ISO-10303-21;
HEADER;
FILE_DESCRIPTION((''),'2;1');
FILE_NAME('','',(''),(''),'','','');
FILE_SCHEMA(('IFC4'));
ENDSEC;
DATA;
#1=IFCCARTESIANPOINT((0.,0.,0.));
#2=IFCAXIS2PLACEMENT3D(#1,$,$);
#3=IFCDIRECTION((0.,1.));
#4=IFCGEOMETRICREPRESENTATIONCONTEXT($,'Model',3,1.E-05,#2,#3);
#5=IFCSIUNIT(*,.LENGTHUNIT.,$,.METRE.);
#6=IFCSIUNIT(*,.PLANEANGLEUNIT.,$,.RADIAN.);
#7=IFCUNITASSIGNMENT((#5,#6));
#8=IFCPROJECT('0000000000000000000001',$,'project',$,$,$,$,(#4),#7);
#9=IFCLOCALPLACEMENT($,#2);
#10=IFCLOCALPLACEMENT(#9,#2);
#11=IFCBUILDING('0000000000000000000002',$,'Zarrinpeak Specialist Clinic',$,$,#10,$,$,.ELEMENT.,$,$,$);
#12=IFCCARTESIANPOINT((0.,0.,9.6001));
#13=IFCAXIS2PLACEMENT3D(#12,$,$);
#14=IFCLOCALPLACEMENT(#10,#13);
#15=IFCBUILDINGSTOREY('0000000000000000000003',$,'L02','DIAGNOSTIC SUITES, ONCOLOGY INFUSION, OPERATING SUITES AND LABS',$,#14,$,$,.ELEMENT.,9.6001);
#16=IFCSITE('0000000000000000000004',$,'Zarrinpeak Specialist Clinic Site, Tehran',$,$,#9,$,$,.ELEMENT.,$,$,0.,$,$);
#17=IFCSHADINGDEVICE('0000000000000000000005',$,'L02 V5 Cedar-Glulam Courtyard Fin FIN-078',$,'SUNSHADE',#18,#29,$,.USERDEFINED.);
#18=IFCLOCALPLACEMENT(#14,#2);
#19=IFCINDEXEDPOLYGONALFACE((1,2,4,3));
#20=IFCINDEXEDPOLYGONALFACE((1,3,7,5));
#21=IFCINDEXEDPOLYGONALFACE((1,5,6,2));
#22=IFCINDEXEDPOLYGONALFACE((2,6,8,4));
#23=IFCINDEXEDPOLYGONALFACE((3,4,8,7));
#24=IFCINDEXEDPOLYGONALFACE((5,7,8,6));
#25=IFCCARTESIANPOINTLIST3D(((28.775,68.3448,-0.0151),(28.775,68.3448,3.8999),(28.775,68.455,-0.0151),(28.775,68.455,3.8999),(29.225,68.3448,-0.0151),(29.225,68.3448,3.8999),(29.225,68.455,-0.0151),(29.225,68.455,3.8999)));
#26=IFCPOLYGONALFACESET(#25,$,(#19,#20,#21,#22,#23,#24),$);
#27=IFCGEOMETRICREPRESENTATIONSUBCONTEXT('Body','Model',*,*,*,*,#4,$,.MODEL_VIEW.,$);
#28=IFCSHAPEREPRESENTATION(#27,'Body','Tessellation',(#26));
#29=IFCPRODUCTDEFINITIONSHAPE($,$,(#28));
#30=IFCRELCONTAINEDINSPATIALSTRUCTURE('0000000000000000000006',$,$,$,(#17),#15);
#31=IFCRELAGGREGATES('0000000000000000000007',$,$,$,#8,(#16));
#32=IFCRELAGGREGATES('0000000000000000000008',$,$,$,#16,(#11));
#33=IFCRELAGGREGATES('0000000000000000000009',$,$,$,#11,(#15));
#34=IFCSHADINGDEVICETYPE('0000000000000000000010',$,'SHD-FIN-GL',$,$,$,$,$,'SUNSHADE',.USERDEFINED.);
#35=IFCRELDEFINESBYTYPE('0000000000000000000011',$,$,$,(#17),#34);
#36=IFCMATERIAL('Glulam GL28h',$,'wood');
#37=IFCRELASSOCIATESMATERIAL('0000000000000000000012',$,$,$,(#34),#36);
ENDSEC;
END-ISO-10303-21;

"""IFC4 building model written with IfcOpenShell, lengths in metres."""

from ifc_helpers import new_model, si_unit, direction, frame, origin, origin_2d, place, context, subcontext, project, spatial, rectangle, extrude, material, type_object, element, save


model = new_model("IFC4")

# Units and contexts
model_context = context("Model", 3, precision=1e-05, world=origin(), true_north=direction((0.0, 1.0)))
body_context = subcontext(model_context, "Body", "Model", "MODEL_VIEW")
ifc_project = project(units=[si_unit("LENGTHUNIT", "METRE"), si_unit("PLANEANGLEUNIT", "RADIAN")], contexts=[model_context])

# Site, building, storey
site_placement = place(None, origin())
site = spatial("IfcSite", under=ifc_project, at=site_placement, Name="Zarrinpeak Specialist Clinic Site, Tehran", CompositionType="ELEMENT", RefElevation=0.0)
building_placement = place(site_placement, origin())
building = spatial("IfcBuilding", under=site, at=building_placement, Name="Zarrinpeak Specialist Clinic", CompositionType="ELEMENT")
storey_placement = place(building_placement, frame((0.0, 0.0, 9.6001)))
storey = spatial("IfcBuildingStorey", under=building, at=storey_placement, Name="L02", Description="DIAGNOSTIC SUITES, ONCOLOGY INFUSION, OPERATING SUITES AND LABS", CompositionType="ELEMENT", Elevation=9.6001)

# Shading device
ifc_material_1 = material(Name="Glulam GL28h", Category="wood")
shading_device_type = type_object("IfcShadingDeviceType", Name="SHD-FIN-GL", ElementType="SUNSHADE", PredefinedType="USERDEFINED", material=ifc_material_1)
shading_device_placement = place(storey_placement, frame((29.0, 68.3999, -0.0151), z_axis=(0.0, 0.0, 1.0), x_axis=(1.0, 0.0, 0.0)))
element("IfcShadingDevice", 1, at=shading_device_placement, inside=storey, type_object=shading_device_type, Name="L02 V5 Cedar-Glulam Courtyard Fin FIN-078", ObjectType="SUNSHADE", PredefinedType="USERDEFINED", context=body_context, shape_type="SweptSolid", body=[
    extrude(rectangle(XDim=0.45, YDim=0.1101, at=origin_2d()), origin(), (0.0, 0.0, 1.0), 3.915),
])

save(model, "model.ifc")
